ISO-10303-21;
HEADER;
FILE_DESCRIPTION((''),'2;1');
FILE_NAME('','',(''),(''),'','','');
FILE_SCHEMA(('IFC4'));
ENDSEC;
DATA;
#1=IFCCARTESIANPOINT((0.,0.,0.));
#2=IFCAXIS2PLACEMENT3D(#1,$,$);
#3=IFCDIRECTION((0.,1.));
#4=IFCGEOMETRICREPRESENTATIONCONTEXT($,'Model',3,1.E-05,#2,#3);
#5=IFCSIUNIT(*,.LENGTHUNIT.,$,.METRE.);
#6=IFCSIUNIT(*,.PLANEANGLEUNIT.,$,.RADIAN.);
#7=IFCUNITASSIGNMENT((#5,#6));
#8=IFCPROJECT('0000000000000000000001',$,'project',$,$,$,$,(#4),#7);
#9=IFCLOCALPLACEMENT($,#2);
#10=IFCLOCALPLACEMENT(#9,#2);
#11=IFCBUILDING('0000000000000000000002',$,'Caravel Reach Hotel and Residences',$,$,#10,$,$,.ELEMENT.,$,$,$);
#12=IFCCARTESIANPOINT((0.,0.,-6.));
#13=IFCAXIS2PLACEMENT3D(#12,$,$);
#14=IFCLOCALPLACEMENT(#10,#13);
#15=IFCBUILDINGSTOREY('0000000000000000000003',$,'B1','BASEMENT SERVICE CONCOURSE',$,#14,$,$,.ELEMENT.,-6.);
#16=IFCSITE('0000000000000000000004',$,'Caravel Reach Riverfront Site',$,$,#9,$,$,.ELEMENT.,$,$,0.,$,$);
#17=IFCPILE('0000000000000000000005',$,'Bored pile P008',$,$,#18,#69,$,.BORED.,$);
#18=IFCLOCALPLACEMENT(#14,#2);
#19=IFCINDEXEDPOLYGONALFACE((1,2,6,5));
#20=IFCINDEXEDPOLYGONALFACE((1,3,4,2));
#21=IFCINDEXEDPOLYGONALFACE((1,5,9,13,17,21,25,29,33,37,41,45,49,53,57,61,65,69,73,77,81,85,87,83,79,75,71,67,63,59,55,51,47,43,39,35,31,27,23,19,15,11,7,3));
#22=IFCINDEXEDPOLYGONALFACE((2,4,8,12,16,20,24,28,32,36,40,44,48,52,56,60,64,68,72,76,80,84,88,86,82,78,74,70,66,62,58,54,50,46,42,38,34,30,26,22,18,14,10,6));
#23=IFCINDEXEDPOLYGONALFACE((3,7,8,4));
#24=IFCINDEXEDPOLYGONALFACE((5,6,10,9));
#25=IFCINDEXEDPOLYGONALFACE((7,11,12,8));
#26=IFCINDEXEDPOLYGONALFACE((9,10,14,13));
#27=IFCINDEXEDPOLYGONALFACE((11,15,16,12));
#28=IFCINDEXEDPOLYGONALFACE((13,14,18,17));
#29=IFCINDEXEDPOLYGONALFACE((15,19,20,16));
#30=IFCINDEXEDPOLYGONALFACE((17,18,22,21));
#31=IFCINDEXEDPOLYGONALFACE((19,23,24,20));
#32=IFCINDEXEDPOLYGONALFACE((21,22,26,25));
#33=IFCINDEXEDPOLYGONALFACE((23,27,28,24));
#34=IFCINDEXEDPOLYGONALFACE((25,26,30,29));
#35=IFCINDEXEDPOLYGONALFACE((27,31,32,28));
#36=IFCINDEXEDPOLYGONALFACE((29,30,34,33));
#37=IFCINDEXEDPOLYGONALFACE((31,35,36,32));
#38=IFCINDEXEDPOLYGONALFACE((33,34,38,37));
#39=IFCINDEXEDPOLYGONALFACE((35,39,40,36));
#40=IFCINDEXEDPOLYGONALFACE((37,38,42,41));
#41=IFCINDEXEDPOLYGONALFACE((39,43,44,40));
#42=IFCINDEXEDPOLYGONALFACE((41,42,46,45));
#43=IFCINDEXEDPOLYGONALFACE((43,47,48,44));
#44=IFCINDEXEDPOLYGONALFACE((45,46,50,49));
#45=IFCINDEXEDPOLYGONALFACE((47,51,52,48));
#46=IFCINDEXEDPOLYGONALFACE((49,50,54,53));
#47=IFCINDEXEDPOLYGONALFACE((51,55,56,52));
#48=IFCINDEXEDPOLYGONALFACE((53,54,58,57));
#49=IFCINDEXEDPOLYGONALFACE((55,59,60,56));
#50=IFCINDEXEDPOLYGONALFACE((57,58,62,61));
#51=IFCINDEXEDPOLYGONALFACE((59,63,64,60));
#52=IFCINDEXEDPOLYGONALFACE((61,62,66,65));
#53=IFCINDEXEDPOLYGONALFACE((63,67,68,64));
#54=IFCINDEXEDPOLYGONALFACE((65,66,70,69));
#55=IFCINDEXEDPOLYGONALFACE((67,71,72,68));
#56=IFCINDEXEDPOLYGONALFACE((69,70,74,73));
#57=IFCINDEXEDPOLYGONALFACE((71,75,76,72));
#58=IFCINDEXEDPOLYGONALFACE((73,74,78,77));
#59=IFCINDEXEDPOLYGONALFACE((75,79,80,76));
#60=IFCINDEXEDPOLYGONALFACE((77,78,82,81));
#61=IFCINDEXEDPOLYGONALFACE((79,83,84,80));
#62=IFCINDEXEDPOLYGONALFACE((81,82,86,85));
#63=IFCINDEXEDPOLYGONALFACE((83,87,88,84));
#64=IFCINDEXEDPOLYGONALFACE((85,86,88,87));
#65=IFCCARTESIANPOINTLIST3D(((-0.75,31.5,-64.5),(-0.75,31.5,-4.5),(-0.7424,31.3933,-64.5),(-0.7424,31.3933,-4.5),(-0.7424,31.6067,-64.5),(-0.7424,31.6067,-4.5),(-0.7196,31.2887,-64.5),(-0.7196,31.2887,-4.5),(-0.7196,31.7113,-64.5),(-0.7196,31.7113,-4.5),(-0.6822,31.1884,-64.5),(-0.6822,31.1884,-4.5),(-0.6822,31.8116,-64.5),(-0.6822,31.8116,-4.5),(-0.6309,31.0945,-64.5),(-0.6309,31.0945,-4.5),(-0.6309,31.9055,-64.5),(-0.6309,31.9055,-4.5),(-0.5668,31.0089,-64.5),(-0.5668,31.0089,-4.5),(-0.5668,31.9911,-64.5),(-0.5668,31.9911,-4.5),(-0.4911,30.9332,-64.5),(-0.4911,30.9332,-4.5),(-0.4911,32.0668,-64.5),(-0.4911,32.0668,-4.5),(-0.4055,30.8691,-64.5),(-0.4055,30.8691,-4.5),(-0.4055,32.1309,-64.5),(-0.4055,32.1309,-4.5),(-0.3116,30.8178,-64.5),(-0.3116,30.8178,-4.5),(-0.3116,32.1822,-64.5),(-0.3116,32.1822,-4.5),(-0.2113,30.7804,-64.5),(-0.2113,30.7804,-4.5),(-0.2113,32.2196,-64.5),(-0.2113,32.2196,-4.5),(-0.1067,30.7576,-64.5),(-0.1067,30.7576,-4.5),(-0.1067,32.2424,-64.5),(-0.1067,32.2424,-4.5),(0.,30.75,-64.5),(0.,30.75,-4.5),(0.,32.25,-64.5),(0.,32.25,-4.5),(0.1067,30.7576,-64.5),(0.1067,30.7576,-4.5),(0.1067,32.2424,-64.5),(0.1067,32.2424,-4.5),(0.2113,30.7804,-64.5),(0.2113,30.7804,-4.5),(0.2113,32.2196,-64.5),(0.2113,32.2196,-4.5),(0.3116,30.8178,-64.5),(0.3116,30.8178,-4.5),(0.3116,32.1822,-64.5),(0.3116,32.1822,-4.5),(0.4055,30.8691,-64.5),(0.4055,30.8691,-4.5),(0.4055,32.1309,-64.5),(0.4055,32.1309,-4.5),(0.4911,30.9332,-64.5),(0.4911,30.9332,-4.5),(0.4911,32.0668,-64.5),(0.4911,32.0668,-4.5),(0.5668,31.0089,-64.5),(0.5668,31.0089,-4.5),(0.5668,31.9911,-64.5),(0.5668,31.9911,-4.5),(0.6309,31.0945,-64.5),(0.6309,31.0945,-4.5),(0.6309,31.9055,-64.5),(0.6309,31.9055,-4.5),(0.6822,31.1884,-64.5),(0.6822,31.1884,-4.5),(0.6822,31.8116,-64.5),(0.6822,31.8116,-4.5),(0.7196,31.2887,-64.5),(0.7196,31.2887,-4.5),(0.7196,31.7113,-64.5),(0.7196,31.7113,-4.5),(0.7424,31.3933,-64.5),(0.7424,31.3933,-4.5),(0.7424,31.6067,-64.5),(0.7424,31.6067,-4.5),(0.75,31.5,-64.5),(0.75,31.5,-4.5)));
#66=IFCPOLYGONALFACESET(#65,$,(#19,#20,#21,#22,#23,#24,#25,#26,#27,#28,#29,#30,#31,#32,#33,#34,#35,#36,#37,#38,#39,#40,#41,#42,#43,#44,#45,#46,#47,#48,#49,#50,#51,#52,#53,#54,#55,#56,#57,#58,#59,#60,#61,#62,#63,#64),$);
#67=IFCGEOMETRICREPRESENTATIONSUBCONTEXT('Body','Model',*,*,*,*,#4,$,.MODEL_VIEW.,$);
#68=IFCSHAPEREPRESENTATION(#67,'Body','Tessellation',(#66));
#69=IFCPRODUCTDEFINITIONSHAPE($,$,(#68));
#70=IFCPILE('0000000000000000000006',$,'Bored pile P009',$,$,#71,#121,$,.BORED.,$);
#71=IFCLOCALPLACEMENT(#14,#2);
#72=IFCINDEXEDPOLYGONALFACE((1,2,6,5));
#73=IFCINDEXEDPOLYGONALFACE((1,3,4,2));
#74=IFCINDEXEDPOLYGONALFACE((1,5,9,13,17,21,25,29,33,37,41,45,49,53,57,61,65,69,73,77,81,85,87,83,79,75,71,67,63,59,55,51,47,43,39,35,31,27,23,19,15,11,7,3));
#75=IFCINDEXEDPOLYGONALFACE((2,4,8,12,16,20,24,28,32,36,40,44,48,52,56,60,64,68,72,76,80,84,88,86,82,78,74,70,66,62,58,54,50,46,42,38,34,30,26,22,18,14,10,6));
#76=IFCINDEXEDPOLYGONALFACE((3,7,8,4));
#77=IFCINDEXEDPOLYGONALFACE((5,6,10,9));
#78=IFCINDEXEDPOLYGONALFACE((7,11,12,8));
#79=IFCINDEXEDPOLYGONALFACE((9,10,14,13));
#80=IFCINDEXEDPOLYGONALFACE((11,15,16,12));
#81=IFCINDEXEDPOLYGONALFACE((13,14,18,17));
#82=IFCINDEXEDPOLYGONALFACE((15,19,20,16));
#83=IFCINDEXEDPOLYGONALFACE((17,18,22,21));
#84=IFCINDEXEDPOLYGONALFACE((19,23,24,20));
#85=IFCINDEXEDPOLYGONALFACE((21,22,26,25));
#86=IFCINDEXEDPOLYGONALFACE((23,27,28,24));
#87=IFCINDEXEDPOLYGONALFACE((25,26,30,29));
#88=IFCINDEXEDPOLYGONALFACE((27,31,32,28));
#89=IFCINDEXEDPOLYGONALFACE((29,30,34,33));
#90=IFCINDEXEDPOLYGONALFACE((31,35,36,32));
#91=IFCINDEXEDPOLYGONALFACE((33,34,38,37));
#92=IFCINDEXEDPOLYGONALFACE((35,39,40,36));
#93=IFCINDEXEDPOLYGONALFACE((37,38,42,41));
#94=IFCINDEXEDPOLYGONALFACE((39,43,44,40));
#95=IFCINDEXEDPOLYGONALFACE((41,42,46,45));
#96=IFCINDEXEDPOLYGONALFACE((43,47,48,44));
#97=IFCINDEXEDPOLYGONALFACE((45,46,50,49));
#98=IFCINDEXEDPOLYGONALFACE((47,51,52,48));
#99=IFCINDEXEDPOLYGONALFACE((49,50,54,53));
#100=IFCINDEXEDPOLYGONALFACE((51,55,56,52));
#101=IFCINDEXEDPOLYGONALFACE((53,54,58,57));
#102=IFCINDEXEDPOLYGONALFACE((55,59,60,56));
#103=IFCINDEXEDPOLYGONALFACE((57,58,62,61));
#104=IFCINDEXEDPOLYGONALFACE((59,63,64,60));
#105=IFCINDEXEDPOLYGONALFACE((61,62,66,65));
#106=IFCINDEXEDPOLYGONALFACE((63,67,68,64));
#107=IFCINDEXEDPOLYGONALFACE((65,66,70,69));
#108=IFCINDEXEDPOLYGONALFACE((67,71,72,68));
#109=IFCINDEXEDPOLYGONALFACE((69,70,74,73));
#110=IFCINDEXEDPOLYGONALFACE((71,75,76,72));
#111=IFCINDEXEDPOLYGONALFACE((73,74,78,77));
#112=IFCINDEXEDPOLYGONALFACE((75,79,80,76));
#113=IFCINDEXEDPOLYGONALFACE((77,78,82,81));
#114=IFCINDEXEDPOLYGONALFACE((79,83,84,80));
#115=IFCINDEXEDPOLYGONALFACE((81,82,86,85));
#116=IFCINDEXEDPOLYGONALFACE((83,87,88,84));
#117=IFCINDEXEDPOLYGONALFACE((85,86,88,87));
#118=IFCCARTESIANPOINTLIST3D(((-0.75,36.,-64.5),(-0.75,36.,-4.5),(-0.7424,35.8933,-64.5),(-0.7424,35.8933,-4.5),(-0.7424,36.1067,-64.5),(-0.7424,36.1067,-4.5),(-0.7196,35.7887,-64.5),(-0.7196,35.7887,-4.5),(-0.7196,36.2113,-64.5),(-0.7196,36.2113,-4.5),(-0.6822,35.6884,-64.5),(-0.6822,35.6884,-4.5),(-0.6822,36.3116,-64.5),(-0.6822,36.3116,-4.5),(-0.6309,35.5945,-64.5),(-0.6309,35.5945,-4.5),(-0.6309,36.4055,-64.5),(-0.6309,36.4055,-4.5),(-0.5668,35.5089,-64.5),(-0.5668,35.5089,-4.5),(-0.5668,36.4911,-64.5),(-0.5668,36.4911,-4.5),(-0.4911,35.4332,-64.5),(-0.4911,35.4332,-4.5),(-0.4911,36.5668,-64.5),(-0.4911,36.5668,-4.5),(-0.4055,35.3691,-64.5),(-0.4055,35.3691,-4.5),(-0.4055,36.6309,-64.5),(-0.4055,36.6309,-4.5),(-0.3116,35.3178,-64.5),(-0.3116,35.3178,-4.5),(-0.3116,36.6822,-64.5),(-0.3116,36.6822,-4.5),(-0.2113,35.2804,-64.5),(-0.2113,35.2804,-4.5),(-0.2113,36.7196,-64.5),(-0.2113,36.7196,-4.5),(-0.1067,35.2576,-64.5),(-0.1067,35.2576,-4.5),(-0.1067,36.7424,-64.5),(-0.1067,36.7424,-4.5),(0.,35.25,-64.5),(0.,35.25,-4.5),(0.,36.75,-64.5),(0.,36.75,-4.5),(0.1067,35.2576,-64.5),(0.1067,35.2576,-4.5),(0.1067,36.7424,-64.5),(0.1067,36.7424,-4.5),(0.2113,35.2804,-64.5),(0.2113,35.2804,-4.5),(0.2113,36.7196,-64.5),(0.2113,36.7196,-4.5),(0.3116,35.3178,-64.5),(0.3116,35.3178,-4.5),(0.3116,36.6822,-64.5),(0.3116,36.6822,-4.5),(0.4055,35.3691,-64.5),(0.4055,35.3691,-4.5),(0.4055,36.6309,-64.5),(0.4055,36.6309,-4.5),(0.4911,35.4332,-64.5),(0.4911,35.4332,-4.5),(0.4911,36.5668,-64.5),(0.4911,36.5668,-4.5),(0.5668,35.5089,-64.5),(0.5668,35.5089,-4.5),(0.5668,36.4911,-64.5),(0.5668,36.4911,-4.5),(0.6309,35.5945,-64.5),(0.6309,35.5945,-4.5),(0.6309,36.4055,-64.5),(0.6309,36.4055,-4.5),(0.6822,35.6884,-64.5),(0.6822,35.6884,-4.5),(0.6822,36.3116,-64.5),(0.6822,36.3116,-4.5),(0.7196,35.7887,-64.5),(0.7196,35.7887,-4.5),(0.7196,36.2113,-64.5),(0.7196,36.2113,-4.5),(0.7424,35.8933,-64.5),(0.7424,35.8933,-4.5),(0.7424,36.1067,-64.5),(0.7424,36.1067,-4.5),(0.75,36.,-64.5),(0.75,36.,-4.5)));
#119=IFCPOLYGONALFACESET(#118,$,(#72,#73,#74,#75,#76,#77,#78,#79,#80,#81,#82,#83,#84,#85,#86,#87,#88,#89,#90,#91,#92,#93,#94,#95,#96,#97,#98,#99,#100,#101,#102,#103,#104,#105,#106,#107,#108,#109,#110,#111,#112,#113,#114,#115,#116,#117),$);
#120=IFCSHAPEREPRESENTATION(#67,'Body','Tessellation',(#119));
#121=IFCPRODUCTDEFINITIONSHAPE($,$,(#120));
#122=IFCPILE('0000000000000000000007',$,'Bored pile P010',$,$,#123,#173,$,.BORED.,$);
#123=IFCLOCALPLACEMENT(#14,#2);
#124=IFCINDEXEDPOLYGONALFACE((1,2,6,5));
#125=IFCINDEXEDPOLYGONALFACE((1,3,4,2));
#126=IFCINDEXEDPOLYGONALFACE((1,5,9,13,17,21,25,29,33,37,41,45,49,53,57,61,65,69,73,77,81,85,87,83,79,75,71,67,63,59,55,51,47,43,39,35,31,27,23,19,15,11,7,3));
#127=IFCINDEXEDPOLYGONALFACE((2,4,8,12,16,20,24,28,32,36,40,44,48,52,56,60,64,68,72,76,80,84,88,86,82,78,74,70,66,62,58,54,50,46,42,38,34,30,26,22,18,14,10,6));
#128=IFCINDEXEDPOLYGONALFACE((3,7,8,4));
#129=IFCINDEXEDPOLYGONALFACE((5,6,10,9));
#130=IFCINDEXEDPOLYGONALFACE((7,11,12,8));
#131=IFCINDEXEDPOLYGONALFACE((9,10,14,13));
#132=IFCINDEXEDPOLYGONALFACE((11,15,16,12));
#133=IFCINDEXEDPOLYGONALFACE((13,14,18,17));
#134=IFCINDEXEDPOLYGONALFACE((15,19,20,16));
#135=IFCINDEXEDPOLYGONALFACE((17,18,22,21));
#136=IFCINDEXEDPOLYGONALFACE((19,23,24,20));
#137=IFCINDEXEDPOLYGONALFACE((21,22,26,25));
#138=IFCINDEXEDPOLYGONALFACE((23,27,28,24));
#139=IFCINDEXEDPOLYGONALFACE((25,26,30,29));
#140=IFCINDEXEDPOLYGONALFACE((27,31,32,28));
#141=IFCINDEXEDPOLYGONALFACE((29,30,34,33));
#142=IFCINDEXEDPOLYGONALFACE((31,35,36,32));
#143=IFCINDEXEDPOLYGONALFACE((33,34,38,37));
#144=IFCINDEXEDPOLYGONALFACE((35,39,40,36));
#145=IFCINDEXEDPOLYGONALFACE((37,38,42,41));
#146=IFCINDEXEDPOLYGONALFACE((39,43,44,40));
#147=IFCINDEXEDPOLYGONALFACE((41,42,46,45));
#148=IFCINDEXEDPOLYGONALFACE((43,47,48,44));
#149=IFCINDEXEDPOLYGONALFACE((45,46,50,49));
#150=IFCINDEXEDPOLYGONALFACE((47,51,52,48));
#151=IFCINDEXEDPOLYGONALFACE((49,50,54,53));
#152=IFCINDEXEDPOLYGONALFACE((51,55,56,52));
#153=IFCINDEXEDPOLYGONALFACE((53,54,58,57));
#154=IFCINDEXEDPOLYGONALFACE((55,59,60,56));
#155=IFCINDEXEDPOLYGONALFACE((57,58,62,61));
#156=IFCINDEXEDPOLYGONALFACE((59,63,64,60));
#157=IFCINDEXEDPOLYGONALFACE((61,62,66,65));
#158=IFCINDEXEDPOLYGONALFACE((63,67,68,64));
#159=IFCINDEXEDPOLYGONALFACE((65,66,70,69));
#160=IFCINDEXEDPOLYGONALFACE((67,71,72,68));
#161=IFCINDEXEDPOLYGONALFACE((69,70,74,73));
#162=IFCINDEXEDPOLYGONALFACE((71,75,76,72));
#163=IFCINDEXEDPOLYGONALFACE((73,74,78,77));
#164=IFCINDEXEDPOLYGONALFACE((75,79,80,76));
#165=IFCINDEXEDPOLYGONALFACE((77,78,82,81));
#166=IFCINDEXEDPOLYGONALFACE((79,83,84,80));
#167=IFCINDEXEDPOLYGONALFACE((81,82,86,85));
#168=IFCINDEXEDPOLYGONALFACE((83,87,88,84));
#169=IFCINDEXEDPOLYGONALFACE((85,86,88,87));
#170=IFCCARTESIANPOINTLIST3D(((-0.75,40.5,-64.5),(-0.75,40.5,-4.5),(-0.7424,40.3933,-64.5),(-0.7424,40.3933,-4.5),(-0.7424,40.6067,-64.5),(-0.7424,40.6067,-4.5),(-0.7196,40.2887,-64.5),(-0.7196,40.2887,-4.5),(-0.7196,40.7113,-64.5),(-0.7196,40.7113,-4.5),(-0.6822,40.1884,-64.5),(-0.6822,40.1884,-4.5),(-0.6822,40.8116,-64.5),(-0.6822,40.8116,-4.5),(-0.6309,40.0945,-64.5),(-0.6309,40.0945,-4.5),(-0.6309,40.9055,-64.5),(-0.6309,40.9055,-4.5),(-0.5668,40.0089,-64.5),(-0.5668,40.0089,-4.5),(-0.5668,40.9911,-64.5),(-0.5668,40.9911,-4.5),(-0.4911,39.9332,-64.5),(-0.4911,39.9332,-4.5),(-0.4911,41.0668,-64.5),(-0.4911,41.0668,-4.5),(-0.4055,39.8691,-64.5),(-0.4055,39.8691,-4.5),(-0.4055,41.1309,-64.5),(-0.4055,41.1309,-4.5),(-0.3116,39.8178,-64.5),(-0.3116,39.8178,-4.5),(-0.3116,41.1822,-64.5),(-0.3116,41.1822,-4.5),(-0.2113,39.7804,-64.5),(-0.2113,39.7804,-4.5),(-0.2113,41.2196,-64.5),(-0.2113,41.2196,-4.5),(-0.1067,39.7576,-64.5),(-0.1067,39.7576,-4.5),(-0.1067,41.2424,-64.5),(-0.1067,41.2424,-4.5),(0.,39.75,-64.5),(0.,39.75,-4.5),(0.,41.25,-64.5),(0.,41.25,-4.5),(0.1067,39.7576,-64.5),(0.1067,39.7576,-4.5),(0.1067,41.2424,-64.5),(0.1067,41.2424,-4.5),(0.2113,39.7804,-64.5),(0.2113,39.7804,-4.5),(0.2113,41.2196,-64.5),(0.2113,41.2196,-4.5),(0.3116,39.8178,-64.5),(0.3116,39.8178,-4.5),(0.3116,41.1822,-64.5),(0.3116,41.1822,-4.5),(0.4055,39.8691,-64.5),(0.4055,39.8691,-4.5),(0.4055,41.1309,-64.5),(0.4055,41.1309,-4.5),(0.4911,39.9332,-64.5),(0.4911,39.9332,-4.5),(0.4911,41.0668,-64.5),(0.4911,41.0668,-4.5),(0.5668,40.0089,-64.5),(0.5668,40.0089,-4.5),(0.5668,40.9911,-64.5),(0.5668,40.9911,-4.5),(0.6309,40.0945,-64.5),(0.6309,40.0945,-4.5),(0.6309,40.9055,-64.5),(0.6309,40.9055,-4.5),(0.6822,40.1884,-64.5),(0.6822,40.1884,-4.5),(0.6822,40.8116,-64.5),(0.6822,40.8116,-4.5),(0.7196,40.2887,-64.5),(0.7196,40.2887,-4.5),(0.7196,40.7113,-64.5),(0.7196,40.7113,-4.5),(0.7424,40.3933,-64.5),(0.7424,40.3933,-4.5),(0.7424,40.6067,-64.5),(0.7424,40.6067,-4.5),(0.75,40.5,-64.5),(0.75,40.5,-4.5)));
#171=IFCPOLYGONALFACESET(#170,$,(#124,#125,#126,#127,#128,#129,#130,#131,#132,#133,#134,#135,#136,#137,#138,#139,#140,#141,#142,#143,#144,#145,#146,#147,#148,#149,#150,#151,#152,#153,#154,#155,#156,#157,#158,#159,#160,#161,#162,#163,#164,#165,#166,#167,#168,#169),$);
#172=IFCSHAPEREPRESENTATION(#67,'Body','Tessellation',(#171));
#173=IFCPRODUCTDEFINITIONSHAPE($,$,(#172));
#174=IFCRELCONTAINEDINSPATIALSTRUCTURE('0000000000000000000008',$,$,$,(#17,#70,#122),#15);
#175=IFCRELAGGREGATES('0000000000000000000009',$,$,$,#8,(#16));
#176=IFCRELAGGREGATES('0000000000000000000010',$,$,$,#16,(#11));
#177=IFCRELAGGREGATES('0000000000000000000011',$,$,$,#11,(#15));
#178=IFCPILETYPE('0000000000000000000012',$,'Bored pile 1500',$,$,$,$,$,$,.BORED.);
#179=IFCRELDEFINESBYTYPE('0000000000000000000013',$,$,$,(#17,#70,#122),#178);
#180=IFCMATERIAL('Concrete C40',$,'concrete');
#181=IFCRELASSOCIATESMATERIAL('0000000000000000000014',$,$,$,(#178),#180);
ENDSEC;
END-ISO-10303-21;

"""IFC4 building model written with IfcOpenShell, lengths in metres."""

from ifc_helpers import new_model, si_unit, direction, frame, origin, origin_2d, place, context, subcontext, project, spatial, circle, extrude, material, material_profile, profile_set, type_object, element, save


model = new_model("IFC4")

# Units and contexts
model_context = context("Model", 3, precision=1e-05, world=origin(), true_north=direction((0.0, 1.0)))
body_context = subcontext(model_context, "Body", "Model", "MODEL_VIEW")
ifc_project = project(units=[si_unit("LENGTHUNIT", "METRE"), si_unit("PLANEANGLEUNIT", "RADIAN")], contexts=[model_context])

# Site, building, storey
site_placement = place(None, origin())
site = spatial("IfcSite", under=ifc_project, at=site_placement, Name="Caravel Reach Riverfront Site", CompositionType="ELEMENT", RefElevation=0.0)
building_placement = place(site_placement, origin())
building = spatial("IfcBuilding", under=site, at=building_placement, Name="Caravel Reach Hotel and Residences", CompositionType="ELEMENT")
storey_placement = place(building_placement, frame((0.0, 0.0, -6.0)))
storey = spatial("IfcBuildingStorey", under=building, at=storey_placement, Name="B1", Description="BASEMENT SERVICE CONCOURSE", CompositionType="ELEMENT", Elevation=-6.0)

# Piles
ifc_material_1 = material(Name="Concrete C40", Category="concrete")
ifc_material_profile_1 = material_profile(ifc_material_1, circle(Radius=0.75, at=origin_2d()), Name="PILE 1500")
ifc_profile_set_1 = profile_set([ifc_material_profile_1], Name="Concrete C40")
pile_type_1 = type_object("IfcPileType", Name="Bored pile 1500", PredefinedType="BORED", material=ifc_profile_set_1)
for number, where, z_axis, x_axis, name in (
    (1, (0.0, 31.5, -4.5), (0.0, 0.0, -1.0), (1.0, 0.0, 0.0), "Bored pile P008"),
    (2, (0.0, 36.0, -4.5), (0.0, 0.0, -1.0), (1.0, 0.0, 0.0), "Bored pile P009"),
    (3, (0.0, 40.5, -4.5), (0.0, 0.0, -1.0), (1.0, 0.0, 0.0), "Bored pile P010"),
):
    element("IfcPile", number, at=place(storey_placement, frame(where, z_axis=z_axis, x_axis=x_axis)), inside=storey, type_object=pile_type_1, Name=name, PredefinedType="BORED", context=body_context, shape_type="SweptSolid", body=[
        extrude(circle(Radius=0.75, at=origin_2d()), origin(), (0.0, 0.0, 1.0), 60.0),
    ])

save(model, "model.ifc")
